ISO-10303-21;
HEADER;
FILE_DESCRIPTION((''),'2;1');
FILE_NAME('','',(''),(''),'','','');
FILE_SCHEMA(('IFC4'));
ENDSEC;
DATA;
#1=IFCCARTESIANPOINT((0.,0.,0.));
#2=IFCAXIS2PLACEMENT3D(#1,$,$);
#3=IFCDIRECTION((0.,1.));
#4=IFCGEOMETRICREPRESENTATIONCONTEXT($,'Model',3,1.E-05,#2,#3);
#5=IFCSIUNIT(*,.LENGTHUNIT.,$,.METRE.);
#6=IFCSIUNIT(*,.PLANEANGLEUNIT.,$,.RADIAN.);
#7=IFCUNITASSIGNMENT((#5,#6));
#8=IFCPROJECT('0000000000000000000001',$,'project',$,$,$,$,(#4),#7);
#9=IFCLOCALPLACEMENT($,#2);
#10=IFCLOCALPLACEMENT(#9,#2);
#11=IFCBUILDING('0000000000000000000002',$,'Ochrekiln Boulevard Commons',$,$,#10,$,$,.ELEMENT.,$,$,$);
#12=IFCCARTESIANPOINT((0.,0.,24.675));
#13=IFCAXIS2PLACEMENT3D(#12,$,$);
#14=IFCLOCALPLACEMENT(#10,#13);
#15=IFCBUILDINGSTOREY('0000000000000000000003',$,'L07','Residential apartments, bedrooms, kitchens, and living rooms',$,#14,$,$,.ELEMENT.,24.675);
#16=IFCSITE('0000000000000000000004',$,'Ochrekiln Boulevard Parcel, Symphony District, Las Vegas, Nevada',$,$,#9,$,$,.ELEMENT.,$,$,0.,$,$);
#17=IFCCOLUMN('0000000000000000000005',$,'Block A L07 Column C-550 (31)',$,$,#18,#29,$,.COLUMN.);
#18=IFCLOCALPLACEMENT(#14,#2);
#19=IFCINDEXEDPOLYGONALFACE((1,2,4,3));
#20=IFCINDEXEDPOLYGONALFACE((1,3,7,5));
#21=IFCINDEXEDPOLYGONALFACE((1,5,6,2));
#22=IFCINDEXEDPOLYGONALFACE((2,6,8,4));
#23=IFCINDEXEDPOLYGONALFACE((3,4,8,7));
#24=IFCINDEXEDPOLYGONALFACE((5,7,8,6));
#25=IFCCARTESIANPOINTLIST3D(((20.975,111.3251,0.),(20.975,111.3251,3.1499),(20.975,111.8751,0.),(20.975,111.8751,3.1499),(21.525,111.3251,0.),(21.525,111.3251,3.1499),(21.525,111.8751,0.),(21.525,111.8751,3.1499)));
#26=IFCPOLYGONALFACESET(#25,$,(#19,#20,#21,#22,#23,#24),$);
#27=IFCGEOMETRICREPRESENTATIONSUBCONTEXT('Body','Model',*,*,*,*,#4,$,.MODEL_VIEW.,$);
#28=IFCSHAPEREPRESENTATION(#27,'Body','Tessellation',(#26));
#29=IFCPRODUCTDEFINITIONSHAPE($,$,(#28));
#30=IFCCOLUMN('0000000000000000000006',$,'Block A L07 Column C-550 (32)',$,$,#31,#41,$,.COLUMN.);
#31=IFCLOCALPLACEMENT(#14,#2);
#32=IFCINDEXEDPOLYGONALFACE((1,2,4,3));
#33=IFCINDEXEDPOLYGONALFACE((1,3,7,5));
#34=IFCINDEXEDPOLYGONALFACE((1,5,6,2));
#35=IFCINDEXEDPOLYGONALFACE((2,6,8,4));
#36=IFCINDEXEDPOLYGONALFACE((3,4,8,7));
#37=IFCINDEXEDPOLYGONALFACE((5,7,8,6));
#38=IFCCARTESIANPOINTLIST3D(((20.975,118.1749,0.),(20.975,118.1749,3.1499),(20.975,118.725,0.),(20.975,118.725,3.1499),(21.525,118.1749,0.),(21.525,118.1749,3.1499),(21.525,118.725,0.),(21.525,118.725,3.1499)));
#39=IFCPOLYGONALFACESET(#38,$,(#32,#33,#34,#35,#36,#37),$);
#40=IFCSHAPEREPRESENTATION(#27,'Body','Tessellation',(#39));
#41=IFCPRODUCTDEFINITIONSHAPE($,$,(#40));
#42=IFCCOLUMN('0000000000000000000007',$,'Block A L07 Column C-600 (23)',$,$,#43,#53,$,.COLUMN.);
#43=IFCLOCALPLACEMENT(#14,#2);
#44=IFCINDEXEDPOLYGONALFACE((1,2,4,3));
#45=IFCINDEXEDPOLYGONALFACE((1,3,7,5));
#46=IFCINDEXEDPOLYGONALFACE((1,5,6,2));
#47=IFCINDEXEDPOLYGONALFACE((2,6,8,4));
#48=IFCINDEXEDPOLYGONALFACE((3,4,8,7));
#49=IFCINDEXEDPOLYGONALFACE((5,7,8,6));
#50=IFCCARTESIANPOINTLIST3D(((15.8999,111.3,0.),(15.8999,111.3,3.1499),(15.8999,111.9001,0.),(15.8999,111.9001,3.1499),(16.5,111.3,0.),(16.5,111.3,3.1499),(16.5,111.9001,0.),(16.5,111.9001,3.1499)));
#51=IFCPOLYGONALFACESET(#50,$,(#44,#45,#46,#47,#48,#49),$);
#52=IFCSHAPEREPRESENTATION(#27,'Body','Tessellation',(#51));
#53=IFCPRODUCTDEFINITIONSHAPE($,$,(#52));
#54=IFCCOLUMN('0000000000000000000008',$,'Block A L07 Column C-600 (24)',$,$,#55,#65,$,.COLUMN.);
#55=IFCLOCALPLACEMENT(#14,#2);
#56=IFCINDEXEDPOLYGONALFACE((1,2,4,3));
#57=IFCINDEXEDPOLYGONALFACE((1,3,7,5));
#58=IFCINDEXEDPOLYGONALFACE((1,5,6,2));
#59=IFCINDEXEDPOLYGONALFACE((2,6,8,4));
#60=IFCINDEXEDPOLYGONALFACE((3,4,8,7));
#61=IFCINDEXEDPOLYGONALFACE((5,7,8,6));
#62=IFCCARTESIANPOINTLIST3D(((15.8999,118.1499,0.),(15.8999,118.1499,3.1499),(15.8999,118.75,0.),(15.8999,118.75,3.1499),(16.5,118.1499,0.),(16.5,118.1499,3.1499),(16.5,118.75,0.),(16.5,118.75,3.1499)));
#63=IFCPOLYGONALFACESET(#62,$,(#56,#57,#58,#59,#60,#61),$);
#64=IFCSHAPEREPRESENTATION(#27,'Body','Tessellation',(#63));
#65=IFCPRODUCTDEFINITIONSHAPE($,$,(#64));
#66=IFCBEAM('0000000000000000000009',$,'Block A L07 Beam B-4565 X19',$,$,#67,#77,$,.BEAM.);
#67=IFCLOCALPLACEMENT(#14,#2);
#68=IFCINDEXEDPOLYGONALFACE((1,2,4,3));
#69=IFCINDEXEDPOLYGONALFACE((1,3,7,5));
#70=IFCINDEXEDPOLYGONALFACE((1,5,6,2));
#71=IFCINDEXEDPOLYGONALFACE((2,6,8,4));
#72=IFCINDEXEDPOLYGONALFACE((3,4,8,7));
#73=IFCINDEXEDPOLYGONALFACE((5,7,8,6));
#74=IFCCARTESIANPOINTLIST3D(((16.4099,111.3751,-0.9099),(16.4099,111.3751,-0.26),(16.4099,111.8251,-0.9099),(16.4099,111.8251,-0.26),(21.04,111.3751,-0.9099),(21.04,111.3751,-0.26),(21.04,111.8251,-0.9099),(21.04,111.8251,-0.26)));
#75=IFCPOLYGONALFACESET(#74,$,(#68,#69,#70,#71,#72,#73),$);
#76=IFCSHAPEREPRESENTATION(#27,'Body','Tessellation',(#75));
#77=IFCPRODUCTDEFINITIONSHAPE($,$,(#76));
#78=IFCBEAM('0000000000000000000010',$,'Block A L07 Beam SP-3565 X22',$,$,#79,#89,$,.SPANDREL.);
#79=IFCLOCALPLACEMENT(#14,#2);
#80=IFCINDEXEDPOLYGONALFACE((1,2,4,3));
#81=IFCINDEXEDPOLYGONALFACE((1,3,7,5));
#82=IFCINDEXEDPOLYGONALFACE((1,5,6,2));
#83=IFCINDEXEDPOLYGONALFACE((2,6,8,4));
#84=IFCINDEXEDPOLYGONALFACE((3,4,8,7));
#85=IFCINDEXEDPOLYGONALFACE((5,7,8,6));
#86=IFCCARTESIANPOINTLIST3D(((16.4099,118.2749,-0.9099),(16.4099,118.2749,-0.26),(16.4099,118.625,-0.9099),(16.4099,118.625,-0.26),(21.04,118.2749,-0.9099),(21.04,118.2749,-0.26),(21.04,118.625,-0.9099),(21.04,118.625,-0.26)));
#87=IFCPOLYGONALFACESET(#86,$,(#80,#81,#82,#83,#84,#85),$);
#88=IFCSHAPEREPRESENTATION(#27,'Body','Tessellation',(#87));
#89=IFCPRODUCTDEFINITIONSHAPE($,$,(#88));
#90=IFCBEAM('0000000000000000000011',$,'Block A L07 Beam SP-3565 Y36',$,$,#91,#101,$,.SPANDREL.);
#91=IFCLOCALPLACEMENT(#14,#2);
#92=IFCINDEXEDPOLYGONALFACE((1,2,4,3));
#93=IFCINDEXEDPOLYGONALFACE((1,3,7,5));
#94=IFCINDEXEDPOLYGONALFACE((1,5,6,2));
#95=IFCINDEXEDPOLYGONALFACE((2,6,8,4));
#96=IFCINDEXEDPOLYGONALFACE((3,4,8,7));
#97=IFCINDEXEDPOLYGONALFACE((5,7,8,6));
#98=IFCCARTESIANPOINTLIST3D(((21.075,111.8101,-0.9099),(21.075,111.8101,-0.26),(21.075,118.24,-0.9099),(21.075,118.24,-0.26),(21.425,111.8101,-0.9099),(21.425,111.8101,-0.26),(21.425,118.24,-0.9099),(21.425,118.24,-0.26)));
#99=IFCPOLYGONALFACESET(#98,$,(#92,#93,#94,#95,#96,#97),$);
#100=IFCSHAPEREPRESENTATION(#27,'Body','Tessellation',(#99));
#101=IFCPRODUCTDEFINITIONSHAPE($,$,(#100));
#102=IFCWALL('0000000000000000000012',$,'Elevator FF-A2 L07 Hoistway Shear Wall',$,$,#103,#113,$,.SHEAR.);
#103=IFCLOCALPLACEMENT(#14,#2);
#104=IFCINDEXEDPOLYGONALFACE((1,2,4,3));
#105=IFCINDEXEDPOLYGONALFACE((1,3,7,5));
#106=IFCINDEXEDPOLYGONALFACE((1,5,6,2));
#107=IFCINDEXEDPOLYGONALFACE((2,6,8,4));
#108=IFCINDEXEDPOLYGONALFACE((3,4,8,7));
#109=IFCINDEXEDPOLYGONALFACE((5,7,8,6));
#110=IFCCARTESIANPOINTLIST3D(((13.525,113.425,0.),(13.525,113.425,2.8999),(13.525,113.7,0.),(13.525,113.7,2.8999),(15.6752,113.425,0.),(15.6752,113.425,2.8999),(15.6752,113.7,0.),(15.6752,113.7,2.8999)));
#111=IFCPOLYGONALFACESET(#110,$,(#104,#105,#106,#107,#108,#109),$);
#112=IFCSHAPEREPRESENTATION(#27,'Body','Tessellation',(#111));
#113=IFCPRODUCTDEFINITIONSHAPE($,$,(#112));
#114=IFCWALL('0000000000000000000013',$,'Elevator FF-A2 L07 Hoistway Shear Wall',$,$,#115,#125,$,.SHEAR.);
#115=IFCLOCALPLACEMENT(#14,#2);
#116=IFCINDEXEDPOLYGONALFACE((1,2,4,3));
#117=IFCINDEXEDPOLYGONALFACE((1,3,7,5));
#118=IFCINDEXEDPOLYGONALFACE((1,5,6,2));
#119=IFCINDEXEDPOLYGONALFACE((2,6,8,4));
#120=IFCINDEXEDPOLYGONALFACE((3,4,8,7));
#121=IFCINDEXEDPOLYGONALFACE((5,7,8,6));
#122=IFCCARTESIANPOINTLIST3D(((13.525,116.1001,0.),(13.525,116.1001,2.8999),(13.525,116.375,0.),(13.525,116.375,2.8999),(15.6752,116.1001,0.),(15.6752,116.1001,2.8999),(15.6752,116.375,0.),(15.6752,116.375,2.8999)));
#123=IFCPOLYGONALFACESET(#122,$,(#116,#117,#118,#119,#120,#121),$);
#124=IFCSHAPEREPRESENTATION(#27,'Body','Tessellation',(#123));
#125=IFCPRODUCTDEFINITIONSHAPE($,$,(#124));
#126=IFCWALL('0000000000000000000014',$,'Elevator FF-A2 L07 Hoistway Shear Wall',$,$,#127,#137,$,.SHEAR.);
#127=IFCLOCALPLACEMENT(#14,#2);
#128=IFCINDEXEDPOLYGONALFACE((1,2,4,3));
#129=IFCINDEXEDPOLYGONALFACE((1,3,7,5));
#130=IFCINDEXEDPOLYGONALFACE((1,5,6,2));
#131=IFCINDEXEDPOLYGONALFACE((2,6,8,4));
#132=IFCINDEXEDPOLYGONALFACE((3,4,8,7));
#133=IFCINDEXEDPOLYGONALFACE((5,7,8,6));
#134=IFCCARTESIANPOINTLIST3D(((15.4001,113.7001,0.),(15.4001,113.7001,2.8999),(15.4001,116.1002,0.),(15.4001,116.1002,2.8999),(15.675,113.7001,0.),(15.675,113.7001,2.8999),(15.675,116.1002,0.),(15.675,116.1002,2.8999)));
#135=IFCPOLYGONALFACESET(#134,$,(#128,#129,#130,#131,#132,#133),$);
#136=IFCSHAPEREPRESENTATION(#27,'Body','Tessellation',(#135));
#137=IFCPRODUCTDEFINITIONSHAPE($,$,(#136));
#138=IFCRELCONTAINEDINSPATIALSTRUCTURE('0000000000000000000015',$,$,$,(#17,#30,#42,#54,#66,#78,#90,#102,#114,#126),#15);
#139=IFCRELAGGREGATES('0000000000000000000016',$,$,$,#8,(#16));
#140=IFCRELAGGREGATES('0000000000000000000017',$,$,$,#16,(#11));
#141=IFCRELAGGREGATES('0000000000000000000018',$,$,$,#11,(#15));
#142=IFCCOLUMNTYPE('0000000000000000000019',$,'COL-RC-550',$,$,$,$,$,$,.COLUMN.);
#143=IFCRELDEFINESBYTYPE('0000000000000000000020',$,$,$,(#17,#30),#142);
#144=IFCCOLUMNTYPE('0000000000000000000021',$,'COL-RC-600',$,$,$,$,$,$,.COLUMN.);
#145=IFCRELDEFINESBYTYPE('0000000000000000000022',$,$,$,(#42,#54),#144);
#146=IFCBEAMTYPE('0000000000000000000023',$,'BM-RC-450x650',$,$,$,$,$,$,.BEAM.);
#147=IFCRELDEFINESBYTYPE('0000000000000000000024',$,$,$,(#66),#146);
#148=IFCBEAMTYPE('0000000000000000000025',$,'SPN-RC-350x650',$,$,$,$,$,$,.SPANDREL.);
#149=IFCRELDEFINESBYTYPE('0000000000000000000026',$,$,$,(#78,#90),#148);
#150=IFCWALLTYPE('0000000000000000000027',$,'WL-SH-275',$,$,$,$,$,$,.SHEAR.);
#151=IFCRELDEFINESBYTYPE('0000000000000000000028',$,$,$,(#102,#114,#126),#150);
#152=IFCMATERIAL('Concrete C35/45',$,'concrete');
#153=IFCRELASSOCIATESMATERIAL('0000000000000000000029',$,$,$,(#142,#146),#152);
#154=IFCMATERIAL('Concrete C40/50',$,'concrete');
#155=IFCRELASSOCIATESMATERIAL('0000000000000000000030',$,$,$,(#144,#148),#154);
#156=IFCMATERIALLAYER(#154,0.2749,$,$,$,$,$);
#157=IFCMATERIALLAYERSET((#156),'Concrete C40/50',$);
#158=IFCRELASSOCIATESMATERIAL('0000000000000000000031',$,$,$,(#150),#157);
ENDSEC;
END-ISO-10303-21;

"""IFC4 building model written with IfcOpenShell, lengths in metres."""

from ifc_helpers import new_model, si_unit, direction, frame, frame_2d, origin, origin_2d, place, context, subcontext, project, spatial, rectangle, extrude, material, layer, layer_set, material_profile, profile_set, type_object, element, save


model = new_model("IFC4")

# Units and contexts
model_context = context("Model", 3, precision=1e-05, world=origin(), true_north=direction((0.0, 1.0)))
body_context = subcontext(model_context, "Body", "Model", "MODEL_VIEW")
ifc_project = project(units=[si_unit("LENGTHUNIT", "METRE"), si_unit("PLANEANGLEUNIT", "RADIAN")], contexts=[model_context])

# Site, building, storey
site_placement = place(None, origin())
site = spatial("IfcSite", under=ifc_project, at=site_placement, Name="Ochrekiln Boulevard Parcel, Symphony District, Las Vegas, Nevada", CompositionType="ELEMENT", RefElevation=0.0)
building_placement = place(site_placement, origin())
building = spatial("IfcBuilding", under=site, at=building_placement, Name="Ochrekiln Boulevard Commons", CompositionType="ELEMENT")
storey_placement = place(building_placement, frame((0.0, 0.0, 24.675)))
storey = spatial("IfcBuildingStorey", under=building, at=storey_placement, Name="L07", Description="Residential apartments, bedrooms, kitchens, and living rooms", CompositionType="ELEMENT", Elevation=24.675)

# Columns
ifc_material_1 = material(Name="Concrete C35/45", Category="concrete")
ifc_material_profile_1 = material_profile(ifc_material_1, rectangle(XDim=0.55, YDim=0.55, at=origin_2d()), Name="RC-COL-550x550")
ifc_profile_set_1 = profile_set([ifc_material_profile_1], Name="Concrete C35/45")
column_type_1 = type_object("IfcColumnType", Name="COL-RC-550", PredefinedType="COLUMN", material=ifc_profile_set_1)
for number, where, z_axis, x_axis, name in (
    (1, (21.25, 111.6001, 0.0), (0.0, 0.0, 1.0), (1.0, 0.0, 0.0), "Block A L07 Column C-550 (31)"),
    (2, (21.25, 118.45, 0.0), (0.0, 0.0, 1.0), (1.0, 0.0, 0.0), "Block A L07 Column C-550 (32)"),
):
    element("IfcColumn", number, at=place(storey_placement, frame(where, z_axis=z_axis, x_axis=x_axis)), inside=storey, type_object=column_type_1, Name=name, PredefinedType="COLUMN", context=body_context, shape_type="SweptSolid", body=[
        extrude(rectangle(XDim=0.55, YDim=0.55, at=origin_2d()), origin(), (0.0, 0.0, 1.0), 3.1499),
    ])
ifc_material_2 = material(Name="Concrete C40/50", Category="concrete")
ifc_material_profile_2 = material_profile(ifc_material_2, rectangle(XDim=0.6001, YDim=0.6001, at=origin_2d()), Name="RC-COL-600x600")
ifc_profile_set_2 = profile_set([ifc_material_profile_2], Name="Concrete C40/50")
column_type_2 = type_object("IfcColumnType", Name="COL-RC-600", PredefinedType="COLUMN", material=ifc_profile_set_2)
for number, where, z_axis, x_axis, name in (
    (3, (16.2, 111.6001, 0.0), (0.0, 0.0, 1.0), (1.0, 0.0, 0.0), "Block A L07 Column C-600 (23)"),
    (4, (16.2, 118.45, 0.0), (0.0, 0.0, 1.0), (1.0, 0.0, 0.0), "Block A L07 Column C-600 (24)"),
):
    element("IfcColumn", number, at=place(storey_placement, frame(where, z_axis=z_axis, x_axis=x_axis)), inside=storey, type_object=column_type_2, Name=name, PredefinedType="COLUMN", context=body_context, shape_type="SweptSolid", body=[
        extrude(rectangle(XDim=0.6001, YDim=0.6001, at=origin_2d()), origin(), (0.0, 0.0, 1.0), 3.1499),
    ])

# Beams
ifc_material_profile_3 = material_profile(ifc_material_1, rectangle(XDim=0.45, YDim=0.6499, at=origin_2d()), Name="RC-BM-450x650")
ifc_profile_set_3 = profile_set([ifc_material_profile_3], Name="Concrete C35/45")
beam_type_1 = type_object("IfcBeamType", Name="BM-RC-450x650", PredefinedType="BEAM", material=ifc_profile_set_3)
beam_1_placement = place(storey_placement, frame((16.4099, 111.6001, -0.585), z_axis=(1.0, 0.0, 0.0), x_axis=(0.0, 1.0, 0.0)))
element("IfcBeam", 5, at=beam_1_placement, inside=storey, type_object=beam_type_1, Name="Block A L07 Beam B-4565 X19", PredefinedType="BEAM", context=body_context, shape_type="SweptSolid", body=[
    extrude(rectangle(XDim=0.45, YDim=0.6499, at=origin_2d()), origin(), (0.0, 0.0, 1.0), 4.6301),
])
ifc_material_profile_4 = material_profile(ifc_material_2, rectangle(XDim=0.3501, YDim=0.6499, at=origin_2d()), Name="RC-SPN-350x650")
ifc_profile_set_4 = profile_set([ifc_material_profile_4], Name="Concrete C40/50")
beam_type_2 = type_object("IfcBeamType", Name="SPN-RC-350x650", PredefinedType="SPANDREL", material=ifc_profile_set_4)
beam_2_placement = place(storey_placement, frame((16.4099, 118.45, -0.585), z_axis=(1.0, 0.0, 0.0), x_axis=(0.0, 1.0, 0.0)))
element("IfcBeam", 6, at=beam_2_placement, inside=storey, type_object=beam_type_2, Name="Block A L07 Beam SP-3565 X22", PredefinedType="SPANDREL", context=body_context, shape_type="SweptSolid", body=[
    extrude(rectangle(XDim=0.3501, YDim=0.6499, at=origin_2d()), origin(), (0.0, 0.0, 1.0), 4.6301),
])
beam_3_placement = place(storey_placement, frame((21.25, 111.8101, -0.585), z_axis=(0.0, 1.0, 0.0), x_axis=(-1.0, 0.0, 0.0)))
element("IfcBeam", 7, at=beam_3_placement, inside=storey, type_object=beam_type_2, Name="Block A L07 Beam SP-3565 Y36", PredefinedType="SPANDREL", context=body_context, shape_type="SweptSolid", body=[
    extrude(rectangle(XDim=0.3501, YDim=0.6499, at=origin_2d()), origin(), (0.0, 0.0, 1.0), 6.4299),
])

# Walls
ifc_layer_1 = layer(ifc_material_2, 0.2749)
ifc_layer_set_1 = layer_set([ifc_layer_1], Name="Concrete C40/50")
wall_type_1 = type_object("IfcWallType", Name="WL-SH-275", PredefinedType="SHEAR", material=ifc_layer_set_1)
for number, where, z_axis, x_axis, name in (
    (8, (13.5249, 113.5625, 0.0), (0.0, 0.0, 1.0), (1.0, 0.0, 0.0), "Elevator FF-A2 L07 Hoistway Shear Wall"),
    (9, (13.5249, 116.2375, 0.0), (0.0, 0.0, 1.0), (1.0, 0.0, 0.0), "Elevator FF-A2 L07 Hoistway Shear Wall"),
):
    element("IfcWall", number, at=place(storey_placement, frame(where, z_axis=z_axis, x_axis=x_axis)), inside=storey, type_object=wall_type_1, Name=name, PredefinedType="SHEAR", context=body_context, shape_type="SweptSolid", body=[
        extrude(rectangle(XDim=2.1501, YDim=0.2749, at=frame_2d((1.0752, 0.0))), origin(), (0.0, 0.0, 1.0), 2.8999),
    ])

# Wall
wall_1_placement = place(storey_placement, frame((15.5376, 113.7, 0.0), z_axis=(0.0, 0.0, 1.0), x_axis=(0.0, 1.0, 0.0)))
element("IfcWall", 10, at=wall_1_placement, inside=storey, type_object=wall_type_1, Name="Elevator FF-A2 L07 Hoistway Shear Wall", PredefinedType="SHEAR", context=body_context, shape_type="SweptSolid", body=[
    extrude(rectangle(XDim=2.4001, YDim=0.2749, at=frame_2d((1.2002, 0.0))), origin(), (0.0, 0.0, 1.0), 2.8999),
])

save(model, "model.ifc")
